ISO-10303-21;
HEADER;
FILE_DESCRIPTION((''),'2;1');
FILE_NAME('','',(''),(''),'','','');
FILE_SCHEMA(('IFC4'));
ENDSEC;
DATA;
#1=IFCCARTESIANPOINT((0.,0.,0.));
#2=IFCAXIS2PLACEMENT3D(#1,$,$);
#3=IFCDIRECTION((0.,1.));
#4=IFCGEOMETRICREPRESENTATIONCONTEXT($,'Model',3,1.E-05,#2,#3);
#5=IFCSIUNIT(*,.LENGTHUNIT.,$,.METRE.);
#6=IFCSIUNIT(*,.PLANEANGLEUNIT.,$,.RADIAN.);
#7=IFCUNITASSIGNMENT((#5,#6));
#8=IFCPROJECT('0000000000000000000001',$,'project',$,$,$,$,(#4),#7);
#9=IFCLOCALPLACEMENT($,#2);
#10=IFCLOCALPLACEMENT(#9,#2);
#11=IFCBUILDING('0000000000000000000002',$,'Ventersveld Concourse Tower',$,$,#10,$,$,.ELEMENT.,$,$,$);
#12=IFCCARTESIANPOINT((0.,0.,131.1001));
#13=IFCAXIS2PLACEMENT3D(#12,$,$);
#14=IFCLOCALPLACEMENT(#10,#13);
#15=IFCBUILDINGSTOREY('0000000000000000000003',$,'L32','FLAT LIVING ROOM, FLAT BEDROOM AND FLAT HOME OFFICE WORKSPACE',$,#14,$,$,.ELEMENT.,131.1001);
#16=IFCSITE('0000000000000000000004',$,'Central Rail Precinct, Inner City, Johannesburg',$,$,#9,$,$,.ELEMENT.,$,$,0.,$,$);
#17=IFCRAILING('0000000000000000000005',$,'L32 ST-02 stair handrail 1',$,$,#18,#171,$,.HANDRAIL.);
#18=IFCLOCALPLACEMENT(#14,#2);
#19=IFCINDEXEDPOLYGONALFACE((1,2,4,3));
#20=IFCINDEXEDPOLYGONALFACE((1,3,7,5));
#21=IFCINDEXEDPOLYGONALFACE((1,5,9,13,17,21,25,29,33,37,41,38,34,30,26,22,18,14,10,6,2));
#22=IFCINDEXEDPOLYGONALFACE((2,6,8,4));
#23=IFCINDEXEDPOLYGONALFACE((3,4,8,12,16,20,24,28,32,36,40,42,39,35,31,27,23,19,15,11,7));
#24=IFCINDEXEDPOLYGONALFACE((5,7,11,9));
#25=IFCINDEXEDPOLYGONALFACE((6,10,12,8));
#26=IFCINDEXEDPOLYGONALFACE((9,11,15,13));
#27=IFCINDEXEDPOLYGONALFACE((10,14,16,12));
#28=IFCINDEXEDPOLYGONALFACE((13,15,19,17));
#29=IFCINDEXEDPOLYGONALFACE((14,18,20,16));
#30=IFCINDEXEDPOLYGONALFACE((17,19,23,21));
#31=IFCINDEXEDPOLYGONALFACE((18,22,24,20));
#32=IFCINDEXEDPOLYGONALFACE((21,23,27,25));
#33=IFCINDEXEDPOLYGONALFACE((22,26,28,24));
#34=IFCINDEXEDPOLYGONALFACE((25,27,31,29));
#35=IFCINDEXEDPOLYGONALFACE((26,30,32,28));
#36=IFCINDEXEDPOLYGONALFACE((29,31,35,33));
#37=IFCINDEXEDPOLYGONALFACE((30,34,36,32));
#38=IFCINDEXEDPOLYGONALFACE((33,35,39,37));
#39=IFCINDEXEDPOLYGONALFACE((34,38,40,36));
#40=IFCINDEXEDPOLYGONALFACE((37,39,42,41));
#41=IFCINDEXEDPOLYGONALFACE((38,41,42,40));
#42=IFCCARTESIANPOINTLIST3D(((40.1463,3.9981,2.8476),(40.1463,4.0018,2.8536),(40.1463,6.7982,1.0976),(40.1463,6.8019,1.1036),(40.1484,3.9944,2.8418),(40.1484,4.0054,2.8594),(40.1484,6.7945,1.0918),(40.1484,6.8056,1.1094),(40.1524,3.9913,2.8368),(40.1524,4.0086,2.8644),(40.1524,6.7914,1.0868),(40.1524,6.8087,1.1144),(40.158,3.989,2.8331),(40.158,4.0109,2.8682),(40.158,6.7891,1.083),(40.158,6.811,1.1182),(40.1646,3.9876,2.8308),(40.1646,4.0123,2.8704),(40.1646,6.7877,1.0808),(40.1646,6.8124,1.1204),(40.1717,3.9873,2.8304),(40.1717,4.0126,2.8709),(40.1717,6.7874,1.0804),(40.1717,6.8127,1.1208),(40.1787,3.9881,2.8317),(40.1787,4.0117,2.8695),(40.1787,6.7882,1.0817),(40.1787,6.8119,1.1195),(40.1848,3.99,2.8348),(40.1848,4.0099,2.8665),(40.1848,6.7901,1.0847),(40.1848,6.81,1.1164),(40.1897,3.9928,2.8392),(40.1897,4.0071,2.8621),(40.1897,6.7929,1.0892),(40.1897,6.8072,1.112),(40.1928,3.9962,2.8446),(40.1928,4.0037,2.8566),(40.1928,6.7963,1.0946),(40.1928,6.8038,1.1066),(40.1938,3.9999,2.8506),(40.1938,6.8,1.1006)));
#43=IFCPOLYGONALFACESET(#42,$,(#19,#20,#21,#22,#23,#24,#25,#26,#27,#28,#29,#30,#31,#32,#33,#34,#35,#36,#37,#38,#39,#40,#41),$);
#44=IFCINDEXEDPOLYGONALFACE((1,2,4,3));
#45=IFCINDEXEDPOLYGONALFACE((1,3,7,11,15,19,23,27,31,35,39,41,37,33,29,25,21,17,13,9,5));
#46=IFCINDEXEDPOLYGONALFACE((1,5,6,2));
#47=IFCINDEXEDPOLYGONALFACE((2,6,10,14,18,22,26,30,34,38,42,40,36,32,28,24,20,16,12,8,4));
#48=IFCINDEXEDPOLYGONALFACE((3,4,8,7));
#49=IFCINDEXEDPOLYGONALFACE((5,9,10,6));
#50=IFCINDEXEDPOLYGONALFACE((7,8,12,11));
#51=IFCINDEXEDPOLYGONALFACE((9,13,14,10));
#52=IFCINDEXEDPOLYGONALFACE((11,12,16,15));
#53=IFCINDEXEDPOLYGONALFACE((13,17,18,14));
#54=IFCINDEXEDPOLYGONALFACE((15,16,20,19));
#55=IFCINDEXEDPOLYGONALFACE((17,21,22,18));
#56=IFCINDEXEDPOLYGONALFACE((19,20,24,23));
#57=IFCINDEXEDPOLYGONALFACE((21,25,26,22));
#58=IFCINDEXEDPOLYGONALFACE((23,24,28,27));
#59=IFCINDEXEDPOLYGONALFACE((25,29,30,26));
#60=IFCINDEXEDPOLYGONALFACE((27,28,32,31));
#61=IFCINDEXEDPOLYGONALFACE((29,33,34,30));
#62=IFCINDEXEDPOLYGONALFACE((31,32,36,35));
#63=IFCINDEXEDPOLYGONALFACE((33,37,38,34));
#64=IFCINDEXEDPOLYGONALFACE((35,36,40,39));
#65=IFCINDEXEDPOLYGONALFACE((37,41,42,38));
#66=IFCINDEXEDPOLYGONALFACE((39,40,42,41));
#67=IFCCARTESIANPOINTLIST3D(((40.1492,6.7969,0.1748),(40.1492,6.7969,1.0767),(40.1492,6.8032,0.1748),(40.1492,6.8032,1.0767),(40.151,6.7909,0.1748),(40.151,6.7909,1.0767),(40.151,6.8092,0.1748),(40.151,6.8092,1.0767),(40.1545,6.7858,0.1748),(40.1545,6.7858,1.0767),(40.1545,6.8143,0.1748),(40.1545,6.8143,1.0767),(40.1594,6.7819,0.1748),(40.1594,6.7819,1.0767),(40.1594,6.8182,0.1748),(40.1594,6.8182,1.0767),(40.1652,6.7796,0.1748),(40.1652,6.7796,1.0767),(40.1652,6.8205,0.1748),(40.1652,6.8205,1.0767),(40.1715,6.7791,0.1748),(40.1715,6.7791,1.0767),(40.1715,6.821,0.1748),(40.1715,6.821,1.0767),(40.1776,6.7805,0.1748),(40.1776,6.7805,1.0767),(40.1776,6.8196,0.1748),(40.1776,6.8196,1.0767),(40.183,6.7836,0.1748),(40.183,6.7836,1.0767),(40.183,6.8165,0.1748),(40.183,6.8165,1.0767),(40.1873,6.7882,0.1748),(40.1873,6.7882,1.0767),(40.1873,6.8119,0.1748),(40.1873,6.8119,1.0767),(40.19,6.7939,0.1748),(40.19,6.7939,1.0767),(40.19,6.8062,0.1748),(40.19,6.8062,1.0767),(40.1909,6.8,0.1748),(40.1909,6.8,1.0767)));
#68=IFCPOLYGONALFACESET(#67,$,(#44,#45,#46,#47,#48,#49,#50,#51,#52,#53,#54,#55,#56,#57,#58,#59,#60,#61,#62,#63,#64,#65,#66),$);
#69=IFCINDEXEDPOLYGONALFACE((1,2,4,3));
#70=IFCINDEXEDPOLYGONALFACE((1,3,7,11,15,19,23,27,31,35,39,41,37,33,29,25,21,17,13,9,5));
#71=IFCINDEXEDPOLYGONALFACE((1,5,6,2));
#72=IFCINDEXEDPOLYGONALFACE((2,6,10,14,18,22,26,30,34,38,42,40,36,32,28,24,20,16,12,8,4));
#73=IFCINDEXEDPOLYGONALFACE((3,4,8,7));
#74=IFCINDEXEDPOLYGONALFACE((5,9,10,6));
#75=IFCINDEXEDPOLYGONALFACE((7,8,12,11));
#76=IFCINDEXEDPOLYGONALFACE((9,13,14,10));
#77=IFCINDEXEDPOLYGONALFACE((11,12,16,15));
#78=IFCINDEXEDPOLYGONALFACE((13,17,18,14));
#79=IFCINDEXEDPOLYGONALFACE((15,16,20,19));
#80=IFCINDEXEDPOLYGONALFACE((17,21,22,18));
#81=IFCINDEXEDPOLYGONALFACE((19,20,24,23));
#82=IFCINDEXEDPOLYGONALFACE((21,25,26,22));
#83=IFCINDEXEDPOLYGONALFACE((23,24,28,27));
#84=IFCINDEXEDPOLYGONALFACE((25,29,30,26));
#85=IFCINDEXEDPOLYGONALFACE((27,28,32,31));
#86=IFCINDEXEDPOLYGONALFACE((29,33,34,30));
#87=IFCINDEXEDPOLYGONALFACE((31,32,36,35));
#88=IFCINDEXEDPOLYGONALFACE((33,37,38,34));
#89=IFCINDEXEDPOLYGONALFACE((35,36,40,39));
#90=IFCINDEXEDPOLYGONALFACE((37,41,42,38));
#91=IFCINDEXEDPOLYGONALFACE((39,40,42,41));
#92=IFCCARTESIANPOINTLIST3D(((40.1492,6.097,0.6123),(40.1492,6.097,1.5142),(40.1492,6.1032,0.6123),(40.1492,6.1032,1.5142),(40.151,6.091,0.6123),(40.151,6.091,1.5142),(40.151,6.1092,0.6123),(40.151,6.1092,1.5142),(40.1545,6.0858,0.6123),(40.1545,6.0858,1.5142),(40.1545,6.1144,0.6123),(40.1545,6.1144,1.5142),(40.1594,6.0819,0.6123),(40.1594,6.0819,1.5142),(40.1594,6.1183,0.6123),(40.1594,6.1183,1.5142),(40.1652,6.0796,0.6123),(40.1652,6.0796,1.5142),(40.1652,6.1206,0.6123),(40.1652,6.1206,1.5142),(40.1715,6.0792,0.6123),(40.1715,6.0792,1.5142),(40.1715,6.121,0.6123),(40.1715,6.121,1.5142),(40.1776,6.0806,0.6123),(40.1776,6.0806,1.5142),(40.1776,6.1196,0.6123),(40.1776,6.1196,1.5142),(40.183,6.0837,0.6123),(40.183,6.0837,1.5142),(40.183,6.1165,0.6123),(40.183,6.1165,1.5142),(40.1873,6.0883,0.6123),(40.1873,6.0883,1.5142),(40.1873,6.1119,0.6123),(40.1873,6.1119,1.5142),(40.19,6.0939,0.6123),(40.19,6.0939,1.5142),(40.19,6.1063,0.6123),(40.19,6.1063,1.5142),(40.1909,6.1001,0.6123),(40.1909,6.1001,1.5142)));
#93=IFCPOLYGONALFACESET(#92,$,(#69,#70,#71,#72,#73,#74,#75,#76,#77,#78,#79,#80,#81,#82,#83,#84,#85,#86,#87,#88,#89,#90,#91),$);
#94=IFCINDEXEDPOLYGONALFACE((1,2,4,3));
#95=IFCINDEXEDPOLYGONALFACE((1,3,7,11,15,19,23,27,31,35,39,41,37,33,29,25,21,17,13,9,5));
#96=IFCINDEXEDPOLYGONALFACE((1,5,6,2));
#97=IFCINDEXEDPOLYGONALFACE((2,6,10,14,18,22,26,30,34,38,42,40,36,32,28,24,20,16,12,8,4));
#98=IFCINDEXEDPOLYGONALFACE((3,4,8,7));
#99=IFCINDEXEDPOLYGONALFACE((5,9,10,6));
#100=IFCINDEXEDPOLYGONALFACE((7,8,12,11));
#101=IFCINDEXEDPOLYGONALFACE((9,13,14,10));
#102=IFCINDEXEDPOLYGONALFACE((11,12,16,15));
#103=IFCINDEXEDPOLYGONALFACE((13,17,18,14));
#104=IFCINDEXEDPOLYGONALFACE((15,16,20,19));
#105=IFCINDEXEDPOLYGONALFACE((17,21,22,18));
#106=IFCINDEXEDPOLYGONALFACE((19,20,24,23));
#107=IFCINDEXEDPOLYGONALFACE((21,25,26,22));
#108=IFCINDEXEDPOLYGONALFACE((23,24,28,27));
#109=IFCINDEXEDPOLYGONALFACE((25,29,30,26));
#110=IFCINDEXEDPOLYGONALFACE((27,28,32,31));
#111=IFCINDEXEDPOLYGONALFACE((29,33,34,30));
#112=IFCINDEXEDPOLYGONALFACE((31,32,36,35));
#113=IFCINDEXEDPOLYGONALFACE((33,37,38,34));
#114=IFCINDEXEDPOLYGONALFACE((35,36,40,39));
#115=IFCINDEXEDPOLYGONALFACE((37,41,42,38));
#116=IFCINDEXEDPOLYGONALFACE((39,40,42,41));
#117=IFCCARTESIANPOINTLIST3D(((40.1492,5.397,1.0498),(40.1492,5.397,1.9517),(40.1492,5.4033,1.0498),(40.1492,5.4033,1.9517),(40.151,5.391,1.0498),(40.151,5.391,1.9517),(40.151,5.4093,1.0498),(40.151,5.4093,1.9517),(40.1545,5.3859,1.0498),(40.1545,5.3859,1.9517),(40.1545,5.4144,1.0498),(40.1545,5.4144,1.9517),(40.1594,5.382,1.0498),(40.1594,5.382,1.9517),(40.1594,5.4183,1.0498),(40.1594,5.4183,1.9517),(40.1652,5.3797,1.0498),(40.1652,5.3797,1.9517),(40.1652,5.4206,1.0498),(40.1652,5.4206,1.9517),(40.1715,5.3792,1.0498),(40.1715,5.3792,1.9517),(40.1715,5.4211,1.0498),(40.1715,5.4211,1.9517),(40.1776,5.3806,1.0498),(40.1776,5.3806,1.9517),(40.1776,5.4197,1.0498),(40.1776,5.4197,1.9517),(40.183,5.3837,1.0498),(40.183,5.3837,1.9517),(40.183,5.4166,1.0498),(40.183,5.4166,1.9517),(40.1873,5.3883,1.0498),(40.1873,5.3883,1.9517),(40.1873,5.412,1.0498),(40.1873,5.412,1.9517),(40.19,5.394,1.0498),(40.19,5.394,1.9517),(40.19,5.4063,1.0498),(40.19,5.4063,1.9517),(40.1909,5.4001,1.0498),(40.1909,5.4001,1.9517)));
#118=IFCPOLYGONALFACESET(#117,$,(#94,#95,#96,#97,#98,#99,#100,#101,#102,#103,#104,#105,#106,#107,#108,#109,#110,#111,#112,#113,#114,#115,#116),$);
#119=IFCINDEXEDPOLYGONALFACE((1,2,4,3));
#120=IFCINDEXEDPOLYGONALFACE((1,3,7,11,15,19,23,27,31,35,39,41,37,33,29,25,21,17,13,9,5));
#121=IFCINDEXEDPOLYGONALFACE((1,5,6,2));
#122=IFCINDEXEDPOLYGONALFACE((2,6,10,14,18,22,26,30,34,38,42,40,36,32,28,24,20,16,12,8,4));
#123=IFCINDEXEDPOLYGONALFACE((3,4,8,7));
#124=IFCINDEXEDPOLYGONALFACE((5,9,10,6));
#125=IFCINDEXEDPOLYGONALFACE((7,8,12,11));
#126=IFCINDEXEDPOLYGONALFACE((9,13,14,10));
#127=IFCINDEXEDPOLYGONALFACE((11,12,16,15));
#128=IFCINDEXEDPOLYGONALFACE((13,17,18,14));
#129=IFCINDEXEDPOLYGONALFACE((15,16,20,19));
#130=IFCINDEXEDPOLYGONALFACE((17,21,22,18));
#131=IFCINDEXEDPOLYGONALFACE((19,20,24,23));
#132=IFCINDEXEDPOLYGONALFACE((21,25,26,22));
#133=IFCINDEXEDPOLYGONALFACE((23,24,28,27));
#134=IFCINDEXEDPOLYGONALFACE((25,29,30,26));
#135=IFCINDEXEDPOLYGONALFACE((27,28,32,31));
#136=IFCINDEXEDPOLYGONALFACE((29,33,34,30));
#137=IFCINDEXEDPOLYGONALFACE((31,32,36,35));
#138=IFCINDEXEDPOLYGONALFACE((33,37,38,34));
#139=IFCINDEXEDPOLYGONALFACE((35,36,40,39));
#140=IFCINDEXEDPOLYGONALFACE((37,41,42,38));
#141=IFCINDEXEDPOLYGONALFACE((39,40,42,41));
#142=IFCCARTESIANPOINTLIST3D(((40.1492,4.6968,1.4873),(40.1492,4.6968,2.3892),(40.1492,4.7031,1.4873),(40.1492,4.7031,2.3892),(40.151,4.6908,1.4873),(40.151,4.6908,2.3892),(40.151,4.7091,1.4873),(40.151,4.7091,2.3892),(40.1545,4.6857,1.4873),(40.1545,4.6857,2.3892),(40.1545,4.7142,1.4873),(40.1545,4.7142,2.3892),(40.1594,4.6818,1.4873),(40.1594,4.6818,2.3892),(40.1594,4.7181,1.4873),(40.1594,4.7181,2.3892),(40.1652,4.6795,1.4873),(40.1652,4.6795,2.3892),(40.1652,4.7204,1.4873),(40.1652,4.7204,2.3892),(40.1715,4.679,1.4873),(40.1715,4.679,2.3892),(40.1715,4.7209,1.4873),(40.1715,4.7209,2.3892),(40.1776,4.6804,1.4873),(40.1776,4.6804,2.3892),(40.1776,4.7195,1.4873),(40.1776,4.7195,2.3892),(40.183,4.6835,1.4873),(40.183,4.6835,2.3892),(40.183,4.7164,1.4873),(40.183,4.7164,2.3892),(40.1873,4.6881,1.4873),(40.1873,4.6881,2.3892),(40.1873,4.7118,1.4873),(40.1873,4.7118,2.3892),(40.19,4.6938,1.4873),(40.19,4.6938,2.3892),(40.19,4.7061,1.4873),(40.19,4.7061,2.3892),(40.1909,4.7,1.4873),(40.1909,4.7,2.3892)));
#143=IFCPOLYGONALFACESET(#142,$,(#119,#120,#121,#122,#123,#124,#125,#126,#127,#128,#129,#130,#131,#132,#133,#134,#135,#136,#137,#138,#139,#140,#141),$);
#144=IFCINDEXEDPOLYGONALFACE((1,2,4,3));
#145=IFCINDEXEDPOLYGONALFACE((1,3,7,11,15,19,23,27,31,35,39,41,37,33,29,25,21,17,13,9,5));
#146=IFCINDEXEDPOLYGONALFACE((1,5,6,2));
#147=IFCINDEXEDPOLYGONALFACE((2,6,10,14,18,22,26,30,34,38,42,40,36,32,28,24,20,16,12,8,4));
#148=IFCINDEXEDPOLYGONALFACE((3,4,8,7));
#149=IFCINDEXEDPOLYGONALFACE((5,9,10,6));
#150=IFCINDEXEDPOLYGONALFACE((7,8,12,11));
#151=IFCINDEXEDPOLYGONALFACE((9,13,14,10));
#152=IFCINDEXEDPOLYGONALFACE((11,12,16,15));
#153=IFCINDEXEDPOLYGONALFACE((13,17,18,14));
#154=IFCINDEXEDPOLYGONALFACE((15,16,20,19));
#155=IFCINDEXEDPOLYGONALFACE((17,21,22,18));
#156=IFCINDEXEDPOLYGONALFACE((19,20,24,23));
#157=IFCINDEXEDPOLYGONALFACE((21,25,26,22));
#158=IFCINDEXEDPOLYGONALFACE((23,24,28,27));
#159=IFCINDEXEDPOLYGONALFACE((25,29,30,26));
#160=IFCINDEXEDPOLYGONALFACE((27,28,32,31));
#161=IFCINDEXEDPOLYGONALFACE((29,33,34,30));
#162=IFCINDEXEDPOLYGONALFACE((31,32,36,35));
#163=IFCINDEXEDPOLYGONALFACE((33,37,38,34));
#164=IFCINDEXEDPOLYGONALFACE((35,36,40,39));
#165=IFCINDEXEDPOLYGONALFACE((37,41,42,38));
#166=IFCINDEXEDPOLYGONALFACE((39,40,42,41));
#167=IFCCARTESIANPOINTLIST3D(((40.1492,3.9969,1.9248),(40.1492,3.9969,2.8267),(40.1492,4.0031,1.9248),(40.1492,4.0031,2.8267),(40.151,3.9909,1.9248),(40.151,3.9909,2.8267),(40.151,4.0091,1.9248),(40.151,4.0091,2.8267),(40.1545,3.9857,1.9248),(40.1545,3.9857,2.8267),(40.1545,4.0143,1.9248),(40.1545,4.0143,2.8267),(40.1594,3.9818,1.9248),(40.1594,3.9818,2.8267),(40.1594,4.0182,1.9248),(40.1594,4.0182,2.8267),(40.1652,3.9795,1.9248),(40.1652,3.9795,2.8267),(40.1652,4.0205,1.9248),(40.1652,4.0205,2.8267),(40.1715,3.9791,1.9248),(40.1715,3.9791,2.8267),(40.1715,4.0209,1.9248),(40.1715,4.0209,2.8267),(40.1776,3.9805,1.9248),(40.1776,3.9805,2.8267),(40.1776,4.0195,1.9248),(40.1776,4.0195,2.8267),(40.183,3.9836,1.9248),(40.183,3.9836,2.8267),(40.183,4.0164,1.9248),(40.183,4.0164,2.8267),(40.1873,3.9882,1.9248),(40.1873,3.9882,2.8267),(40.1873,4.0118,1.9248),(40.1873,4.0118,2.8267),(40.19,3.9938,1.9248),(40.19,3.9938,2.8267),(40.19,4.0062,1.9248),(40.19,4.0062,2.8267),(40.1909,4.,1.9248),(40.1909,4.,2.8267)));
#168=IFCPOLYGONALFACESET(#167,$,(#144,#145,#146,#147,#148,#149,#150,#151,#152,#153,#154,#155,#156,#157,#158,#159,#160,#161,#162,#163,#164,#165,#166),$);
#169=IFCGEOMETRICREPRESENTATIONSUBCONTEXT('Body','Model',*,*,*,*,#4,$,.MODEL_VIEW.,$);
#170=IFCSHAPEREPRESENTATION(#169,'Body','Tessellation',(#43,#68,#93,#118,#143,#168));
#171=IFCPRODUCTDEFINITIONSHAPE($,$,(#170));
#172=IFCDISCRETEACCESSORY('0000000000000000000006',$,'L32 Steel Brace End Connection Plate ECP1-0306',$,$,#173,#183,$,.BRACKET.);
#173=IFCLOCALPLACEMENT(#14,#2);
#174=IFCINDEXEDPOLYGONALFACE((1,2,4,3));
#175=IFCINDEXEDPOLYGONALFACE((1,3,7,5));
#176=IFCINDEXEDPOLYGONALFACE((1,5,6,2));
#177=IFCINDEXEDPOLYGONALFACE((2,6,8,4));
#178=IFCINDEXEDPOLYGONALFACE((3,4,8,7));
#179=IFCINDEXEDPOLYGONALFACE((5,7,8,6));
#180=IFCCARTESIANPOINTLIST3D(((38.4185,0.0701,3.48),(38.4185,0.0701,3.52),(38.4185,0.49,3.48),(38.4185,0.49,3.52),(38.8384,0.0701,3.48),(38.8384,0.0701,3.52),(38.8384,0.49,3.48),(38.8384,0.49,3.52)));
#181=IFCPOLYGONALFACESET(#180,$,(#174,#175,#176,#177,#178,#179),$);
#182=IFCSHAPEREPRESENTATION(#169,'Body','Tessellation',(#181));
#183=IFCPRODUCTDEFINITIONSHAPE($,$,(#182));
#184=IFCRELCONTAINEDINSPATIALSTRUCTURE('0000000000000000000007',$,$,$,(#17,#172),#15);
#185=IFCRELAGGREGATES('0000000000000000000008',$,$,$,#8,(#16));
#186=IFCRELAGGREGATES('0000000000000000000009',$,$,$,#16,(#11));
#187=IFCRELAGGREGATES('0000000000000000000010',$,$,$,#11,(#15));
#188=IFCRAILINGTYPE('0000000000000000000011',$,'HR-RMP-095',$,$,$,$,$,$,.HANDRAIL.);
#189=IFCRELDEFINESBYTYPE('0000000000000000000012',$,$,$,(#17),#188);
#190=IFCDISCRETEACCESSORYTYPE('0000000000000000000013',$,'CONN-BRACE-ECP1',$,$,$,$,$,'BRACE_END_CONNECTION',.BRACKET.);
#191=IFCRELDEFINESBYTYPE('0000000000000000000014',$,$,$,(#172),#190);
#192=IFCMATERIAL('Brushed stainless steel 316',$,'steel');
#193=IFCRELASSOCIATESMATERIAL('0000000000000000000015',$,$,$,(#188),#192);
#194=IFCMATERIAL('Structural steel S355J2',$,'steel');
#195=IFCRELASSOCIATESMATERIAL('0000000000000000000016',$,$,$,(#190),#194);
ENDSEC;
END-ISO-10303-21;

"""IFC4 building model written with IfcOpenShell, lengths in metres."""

from ifc_helpers import new_model, si_unit, direction, frame, origin, origin_2d, place, context, subcontext, project, spatial, rectangle, circle, extrude, material, type_object, element, save


model = new_model("IFC4")

# Units and contexts
model_context = context("Model", 3, precision=1e-05, world=origin(), true_north=direction((0.0, 1.0)))
body_context = subcontext(model_context, "Body", "Model", "MODEL_VIEW")
ifc_project = project(units=[si_unit("LENGTHUNIT", "METRE"), si_unit("PLANEANGLEUNIT", "RADIAN")], contexts=[model_context])

# Site, building, storey
site_placement = place(None, origin())
site = spatial("IfcSite", under=ifc_project, at=site_placement, Name="Central Rail Precinct, Inner City, Johannesburg", CompositionType="ELEMENT", RefElevation=0.0)
building_placement = place(site_placement, origin())
building = spatial("IfcBuilding", under=site, at=building_placement, Name="Ventersveld Concourse Tower", CompositionType="ELEMENT")
storey_placement = place(building_placement, frame((0.0, 0.0, 131.1001)))
storey = spatial("IfcBuildingStorey", under=building, at=storey_placement, Name="L32", Description="FLAT LIVING ROOM, FLAT BEDROOM AND FLAT HOME OFFICE WORKSPACE", CompositionType="ELEMENT", Elevation=131.1001)

# Shared definitions
ifc_material_1 = material(Name="Brushed stainless steel 316", Category="steel")

# Railing
railing_type_1 = type_object("IfcRailingType", Name="HR-RMP-095", PredefinedType="HANDRAIL", material=ifc_material_1)
railing_1_placement = place(storey_placement, frame((40.1699, 6.8, 0.1748)))
element("IfcRailing", 1, at=railing_1_placement, inside=storey, type_object=railing_type_1, Name="L32 ST-02 stair handrail 1", PredefinedType="HANDRAIL", context=body_context, shape_type="SweptSolid", body=[
    extrude(circle(Radius=0.0239, at=origin_2d()), frame((0.0, 0.0, 0.9258), z_axis=(0.0, -0.848002, 0.529992), x_axis=(1.0, 0.0, 0.0)), (0.0, 0.0, 1.0), 3.302),
    extrude(circle(Radius=0.021, at=origin_2d()), origin(), (0.0, 0.0, 1.0), 0.9019),
    extrude(circle(Radius=0.021, at=origin_2d()), frame((0.0, -0.7, 0.4375)), (0.0, 0.0, 1.0), 0.9019),
    extrude(circle(Radius=0.021, at=origin_2d()), frame((0.0, -1.3999, 0.875)), (0.0, 0.0, 1.0), 0.9019),
    extrude(circle(Radius=0.021, at=origin_2d()), frame((0.0, -2.1001, 1.3125)), (0.0, 0.0, 1.0), 0.9019),
    extrude(circle(Radius=0.021, at=origin_2d()), frame((0.0, -2.8, 1.75)), (0.0, 0.0, 1.0), 0.9019),
])

# Discrete accessory
ifc_material_2 = material(Name="Structural steel S355J2", Category="steel")
discrete_accessory_type = type_object("IfcDiscreteAccessoryType", Name="CONN-BRACE-ECP1", ElementType="BRACE_END_CONNECTION", PredefinedType="BRACKET", material=ifc_material_2)
discrete_accessory_placement = place(storey_placement, frame((38.6284, 0.28, 3.48), z_axis=(0.0, 0.0, 1.0), x_axis=(1.0, 0.0, 0.0)))
element("IfcDiscreteAccessory", 2, at=discrete_accessory_placement, inside=storey, type_object=discrete_accessory_type, Name="L32 Steel Brace End Connection Plate ECP1-0306", PredefinedType="BRACKET", context=body_context, shape_type="SweptSolid", body=[
    extrude(rectangle(XDim=0.4199, YDim=0.4199, at=origin_2d()), origin(), (0.0, 0.0, 1.0), 0.04),
])

save(model, "model.ifc")
